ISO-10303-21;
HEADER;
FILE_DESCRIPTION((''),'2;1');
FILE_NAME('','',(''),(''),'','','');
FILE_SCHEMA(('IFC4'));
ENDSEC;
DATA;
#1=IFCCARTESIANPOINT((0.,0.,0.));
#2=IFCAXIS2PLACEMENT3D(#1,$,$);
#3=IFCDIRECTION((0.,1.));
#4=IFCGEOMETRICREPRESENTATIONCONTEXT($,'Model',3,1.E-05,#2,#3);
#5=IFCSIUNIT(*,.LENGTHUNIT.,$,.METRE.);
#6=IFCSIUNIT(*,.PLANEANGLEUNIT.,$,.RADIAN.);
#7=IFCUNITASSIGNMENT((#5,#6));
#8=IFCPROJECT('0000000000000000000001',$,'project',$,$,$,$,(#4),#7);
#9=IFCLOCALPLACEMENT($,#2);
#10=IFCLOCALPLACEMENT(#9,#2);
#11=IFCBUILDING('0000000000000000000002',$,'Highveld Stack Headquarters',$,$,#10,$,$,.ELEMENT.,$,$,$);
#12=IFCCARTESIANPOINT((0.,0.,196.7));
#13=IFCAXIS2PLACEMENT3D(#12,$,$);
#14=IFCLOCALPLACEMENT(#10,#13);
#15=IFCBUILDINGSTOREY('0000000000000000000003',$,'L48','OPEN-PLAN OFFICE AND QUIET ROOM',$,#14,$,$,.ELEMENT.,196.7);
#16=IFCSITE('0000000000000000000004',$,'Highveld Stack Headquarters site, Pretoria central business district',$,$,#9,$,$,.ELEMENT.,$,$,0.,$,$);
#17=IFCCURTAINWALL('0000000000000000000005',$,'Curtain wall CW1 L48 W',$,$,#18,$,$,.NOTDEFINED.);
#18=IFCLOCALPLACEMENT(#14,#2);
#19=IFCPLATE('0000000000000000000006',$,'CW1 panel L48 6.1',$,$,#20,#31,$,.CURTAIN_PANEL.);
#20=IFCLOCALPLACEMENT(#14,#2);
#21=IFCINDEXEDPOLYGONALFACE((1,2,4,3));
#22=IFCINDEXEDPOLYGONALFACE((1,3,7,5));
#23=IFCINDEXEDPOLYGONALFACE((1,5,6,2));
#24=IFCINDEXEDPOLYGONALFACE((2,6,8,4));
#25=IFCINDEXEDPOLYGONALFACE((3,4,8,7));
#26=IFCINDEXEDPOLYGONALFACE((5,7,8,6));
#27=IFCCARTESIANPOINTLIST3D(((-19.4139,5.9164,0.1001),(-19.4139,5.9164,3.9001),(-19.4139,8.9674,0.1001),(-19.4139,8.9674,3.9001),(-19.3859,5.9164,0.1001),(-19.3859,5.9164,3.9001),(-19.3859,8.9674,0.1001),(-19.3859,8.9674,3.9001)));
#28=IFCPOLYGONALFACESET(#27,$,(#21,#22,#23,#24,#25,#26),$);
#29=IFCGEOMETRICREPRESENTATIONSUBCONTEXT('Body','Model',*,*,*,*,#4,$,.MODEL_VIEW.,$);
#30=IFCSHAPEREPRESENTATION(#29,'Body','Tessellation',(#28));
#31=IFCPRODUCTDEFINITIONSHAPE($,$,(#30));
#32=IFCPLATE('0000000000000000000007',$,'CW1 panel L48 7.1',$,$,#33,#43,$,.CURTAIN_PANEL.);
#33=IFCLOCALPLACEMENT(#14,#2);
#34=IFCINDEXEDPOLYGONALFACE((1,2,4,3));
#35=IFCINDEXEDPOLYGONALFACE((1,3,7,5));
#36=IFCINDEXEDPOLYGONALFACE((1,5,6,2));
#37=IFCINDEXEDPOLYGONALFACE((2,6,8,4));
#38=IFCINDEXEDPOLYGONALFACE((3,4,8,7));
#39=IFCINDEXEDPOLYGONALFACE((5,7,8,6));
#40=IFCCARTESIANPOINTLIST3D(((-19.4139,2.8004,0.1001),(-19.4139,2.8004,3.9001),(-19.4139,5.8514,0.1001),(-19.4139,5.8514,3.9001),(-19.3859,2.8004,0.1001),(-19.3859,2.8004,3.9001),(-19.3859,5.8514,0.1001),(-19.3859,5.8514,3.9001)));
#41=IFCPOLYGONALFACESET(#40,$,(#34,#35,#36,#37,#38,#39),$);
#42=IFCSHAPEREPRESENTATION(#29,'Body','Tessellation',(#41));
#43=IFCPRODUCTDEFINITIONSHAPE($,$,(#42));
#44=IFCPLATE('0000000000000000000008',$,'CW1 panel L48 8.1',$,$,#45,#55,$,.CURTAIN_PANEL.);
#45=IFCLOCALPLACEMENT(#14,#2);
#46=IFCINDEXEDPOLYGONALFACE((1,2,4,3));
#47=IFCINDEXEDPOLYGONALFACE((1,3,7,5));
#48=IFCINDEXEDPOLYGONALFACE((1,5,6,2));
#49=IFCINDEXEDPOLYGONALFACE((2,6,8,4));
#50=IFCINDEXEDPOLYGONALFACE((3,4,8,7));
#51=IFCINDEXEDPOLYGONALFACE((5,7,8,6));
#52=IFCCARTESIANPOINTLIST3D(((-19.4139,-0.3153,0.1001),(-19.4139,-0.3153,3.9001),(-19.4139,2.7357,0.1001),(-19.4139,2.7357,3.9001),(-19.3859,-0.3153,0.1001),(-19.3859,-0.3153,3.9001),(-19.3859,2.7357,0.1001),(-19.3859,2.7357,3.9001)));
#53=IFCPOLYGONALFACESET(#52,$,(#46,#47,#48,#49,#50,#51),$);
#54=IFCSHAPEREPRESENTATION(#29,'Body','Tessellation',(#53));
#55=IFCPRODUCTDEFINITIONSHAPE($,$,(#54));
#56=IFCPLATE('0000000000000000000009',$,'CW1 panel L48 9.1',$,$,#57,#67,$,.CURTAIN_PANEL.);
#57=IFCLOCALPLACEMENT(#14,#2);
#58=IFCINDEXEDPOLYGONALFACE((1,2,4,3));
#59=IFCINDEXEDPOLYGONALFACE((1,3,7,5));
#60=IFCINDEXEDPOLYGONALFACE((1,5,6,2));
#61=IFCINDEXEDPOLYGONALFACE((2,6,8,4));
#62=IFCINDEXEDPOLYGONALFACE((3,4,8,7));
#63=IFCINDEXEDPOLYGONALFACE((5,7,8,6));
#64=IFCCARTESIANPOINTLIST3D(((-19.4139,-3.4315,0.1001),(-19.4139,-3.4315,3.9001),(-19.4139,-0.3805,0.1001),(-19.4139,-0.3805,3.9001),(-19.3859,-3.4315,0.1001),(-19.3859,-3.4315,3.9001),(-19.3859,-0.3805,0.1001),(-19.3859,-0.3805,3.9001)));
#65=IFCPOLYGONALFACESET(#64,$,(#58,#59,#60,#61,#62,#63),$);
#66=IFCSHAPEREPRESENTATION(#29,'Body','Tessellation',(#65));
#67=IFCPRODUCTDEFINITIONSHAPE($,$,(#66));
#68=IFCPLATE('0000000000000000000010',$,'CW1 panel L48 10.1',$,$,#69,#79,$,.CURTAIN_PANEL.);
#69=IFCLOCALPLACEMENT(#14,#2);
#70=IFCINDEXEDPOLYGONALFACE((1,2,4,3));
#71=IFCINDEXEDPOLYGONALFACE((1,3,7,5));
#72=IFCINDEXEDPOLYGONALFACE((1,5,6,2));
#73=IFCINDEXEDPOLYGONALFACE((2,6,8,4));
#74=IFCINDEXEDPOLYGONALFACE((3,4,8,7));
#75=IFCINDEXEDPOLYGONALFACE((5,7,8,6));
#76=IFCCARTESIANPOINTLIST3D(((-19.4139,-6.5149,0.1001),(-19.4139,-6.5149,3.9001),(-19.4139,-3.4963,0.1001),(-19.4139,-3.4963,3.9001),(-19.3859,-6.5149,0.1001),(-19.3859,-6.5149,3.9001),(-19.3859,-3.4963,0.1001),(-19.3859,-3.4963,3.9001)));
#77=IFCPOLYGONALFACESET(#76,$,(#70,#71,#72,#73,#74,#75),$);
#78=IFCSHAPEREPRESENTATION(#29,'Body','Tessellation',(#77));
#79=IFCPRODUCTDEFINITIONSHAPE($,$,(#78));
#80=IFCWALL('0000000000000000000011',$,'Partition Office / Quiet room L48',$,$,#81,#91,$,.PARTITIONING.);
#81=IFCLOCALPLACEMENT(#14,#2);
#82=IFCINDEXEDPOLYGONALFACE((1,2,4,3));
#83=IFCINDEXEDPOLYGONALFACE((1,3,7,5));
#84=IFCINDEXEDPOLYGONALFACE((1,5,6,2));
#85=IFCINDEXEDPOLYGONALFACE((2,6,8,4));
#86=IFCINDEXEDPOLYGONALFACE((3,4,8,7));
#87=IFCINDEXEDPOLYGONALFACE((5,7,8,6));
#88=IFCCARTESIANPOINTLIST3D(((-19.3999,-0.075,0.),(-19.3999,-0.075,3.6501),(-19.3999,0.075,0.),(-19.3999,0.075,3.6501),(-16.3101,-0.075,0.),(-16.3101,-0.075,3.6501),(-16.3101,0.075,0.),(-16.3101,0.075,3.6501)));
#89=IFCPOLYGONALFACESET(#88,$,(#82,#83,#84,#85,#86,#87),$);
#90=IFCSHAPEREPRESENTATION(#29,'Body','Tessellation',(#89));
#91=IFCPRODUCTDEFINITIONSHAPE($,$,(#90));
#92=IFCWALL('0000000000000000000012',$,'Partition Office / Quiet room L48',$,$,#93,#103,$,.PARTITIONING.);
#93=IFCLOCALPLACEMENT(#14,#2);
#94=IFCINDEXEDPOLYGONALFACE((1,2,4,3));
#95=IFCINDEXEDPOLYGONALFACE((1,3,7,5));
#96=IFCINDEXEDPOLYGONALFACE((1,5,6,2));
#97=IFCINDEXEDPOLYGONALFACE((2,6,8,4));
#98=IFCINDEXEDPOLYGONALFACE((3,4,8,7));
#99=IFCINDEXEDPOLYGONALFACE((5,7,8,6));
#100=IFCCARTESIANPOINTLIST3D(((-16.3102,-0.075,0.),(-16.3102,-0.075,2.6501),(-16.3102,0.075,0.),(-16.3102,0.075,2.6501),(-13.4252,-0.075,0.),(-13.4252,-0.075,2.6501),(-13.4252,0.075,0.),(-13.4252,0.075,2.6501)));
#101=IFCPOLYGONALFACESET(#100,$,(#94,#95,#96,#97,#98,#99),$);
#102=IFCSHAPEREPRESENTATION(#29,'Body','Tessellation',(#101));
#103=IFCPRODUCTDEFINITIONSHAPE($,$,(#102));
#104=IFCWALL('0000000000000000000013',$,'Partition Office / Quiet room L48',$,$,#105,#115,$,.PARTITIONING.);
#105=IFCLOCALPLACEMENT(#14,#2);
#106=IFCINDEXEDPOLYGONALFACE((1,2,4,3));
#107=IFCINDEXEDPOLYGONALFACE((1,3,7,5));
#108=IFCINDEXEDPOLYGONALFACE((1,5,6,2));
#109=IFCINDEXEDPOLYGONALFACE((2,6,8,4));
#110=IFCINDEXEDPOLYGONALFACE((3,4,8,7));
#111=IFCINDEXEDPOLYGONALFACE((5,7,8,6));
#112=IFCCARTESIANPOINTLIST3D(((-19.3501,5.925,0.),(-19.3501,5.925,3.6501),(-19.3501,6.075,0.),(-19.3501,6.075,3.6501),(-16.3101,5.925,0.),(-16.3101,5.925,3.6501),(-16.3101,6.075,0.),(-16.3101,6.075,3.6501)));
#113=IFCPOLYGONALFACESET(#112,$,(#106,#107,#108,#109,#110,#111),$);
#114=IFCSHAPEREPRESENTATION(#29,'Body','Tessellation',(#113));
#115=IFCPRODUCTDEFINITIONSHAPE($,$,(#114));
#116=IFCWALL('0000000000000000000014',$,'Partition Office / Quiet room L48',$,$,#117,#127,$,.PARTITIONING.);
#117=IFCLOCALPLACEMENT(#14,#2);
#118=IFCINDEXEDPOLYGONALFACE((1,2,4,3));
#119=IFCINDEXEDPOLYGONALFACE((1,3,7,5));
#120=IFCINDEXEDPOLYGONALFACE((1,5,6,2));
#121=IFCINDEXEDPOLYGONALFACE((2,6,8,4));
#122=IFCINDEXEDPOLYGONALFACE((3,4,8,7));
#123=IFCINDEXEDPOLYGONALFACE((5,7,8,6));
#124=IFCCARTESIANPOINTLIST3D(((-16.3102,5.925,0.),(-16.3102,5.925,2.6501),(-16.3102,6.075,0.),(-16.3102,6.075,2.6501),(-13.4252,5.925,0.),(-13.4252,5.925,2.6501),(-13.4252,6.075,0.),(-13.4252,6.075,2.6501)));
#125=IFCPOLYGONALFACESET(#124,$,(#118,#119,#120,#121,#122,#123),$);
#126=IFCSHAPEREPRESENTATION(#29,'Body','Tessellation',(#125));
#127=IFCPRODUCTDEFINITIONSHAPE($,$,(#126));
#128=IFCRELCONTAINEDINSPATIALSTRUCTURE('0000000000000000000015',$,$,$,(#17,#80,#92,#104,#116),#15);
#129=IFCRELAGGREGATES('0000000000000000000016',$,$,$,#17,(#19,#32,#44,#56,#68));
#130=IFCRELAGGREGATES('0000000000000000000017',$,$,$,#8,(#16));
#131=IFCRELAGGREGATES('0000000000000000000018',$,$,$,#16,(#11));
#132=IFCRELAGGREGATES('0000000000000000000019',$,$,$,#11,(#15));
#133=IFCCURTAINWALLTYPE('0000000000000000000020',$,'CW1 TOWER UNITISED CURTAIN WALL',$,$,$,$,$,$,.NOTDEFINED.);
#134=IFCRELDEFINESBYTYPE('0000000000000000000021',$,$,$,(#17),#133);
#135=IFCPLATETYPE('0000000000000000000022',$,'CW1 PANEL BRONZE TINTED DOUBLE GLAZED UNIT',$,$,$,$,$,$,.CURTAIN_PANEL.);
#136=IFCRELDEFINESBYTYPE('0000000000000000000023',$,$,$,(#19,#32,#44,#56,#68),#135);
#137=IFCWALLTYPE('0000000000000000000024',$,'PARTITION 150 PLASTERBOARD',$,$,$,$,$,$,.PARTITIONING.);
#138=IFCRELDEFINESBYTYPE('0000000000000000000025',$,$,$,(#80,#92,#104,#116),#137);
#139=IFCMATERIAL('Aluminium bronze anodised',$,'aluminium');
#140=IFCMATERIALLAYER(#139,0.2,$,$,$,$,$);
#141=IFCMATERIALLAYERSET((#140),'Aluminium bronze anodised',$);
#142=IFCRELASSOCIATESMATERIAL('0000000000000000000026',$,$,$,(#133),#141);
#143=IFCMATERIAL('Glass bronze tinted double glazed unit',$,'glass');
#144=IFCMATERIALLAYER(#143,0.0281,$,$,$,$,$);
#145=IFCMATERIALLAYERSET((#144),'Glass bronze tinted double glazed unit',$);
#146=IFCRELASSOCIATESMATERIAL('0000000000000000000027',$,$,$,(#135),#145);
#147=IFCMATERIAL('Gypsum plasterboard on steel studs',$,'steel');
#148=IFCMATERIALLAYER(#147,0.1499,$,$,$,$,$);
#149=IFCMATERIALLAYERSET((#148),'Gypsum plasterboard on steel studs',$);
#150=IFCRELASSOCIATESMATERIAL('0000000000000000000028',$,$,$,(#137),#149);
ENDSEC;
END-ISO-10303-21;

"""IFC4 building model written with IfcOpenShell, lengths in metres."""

from ifc_helpers import new_model, si_unit, direction, frame, frame_2d, origin, origin_2d, place, context, subcontext, project, spatial, rectangle, extrude, material, layer, layer_set, type_object, element, aggregate, save


model = new_model("IFC4")

# Units and contexts
model_context = context("Model", 3, precision=1e-05, world=origin(), true_north=direction((0.0, 1.0)))
body_context = subcontext(model_context, "Body", "Model", "MODEL_VIEW")
ifc_project = project(units=[si_unit("LENGTHUNIT", "METRE"), si_unit("PLANEANGLEUNIT", "RADIAN")], contexts=[model_context])

# Site, building, storey
site_placement = place(None, origin())
site = spatial("IfcSite", under=ifc_project, at=site_placement, Name="Highveld Stack Headquarters site, Pretoria central business district", CompositionType="ELEMENT", RefElevation=0.0)
building_placement = place(site_placement, origin())
building = spatial("IfcBuilding", under=site, at=building_placement, Name="Highveld Stack Headquarters", CompositionType="ELEMENT")
storey_placement = place(building_placement, frame((0.0, 0.0, 196.7)))
storey = spatial("IfcBuildingStorey", under=building, at=storey_placement, Name="L48", Description="OPEN-PLAN OFFICE AND QUIET ROOM", CompositionType="ELEMENT", Elevation=196.7)

# Curtain wall
ifc_material_1 = material(Name="Aluminium bronze anodised", Category="aluminium")
ifc_layer_1 = layer(ifc_material_1, 0.2)
ifc_layer_set_1 = layer_set([ifc_layer_1], Name="Aluminium bronze anodised")
curtain_wall_type = type_object("IfcCurtainWallType", Name="CW1 TOWER UNITISED CURTAIN WALL", PredefinedType="NOTDEFINED", material=ifc_layer_set_1)
curtain_wall_placement = place(storey_placement, origin())
curtain_wall = element("IfcCurtainWall", 1, at=curtain_wall_placement, inside=storey, type_object=curtain_wall_type, Name="Curtain wall CW1 L48 W", PredefinedType="NOTDEFINED")

# Plates
ifc_material_2 = material(Name="Glass bronze tinted double glazed unit", Category="glass")
ifc_layer_2 = layer(ifc_material_2, 0.0281)
ifc_layer_set_2 = layer_set([ifc_layer_2], Name="Glass bronze tinted double glazed unit")
plate_type = type_object("IfcPlateType", Name="CW1 PANEL BRONZE TINTED DOUBLE GLAZED UNIT", PredefinedType="CURTAIN_PANEL", material=ifc_layer_set_2)
plate_1_placement = place(storey_placement, frame((-19.3999, 7.4419, 0.1001), z_axis=(0.0, 0.0, 1.0), x_axis=(0.0, -1.0, 0.0)))
plate_1 = element("IfcPlate", 2, at=plate_1_placement, type_object=plate_type, Name="CW1 panel L48 6.1", PredefinedType="CURTAIN_PANEL", context=body_context, shape_type="SweptSolid", body=[
    extrude(rectangle(XDim=3.051, YDim=0.0281, at=origin_2d()), origin(), (0.0, 0.0, 1.0), 3.8),
])
plate_2_placement = place(storey_placement, frame((-19.3999, 4.3259, 0.1001), z_axis=(0.0, 0.0, 1.0), x_axis=(0.0, -1.0, 0.0)))
plate_2 = element("IfcPlate", 3, at=plate_2_placement, type_object=plate_type, Name="CW1 panel L48 7.1", PredefinedType="CURTAIN_PANEL", context=body_context, shape_type="SweptSolid", body=[
    extrude(rectangle(XDim=3.051, YDim=0.0281, at=origin_2d()), origin(), (0.0, 0.0, 1.0), 3.8),
])
plate_3_placement = place(storey_placement, frame((-19.3999, 1.2102, 0.1001), z_axis=(0.0, 0.0, 1.0), x_axis=(0.0, -1.0, 0.0)))
plate_3 = element("IfcPlate", 4, at=plate_3_placement, type_object=plate_type, Name="CW1 panel L48 8.1", PredefinedType="CURTAIN_PANEL", context=body_context, shape_type="SweptSolid", body=[
    extrude(rectangle(XDim=3.051, YDim=0.0281, at=origin_2d()), origin(), (0.0, 0.0, 1.0), 3.8),
])
plate_4_placement = place(storey_placement, frame((-19.3999, -1.906, 0.1001), z_axis=(0.0, 0.0, 1.0), x_axis=(0.0, -1.0, 0.0)))
plate_4 = element("IfcPlate", 5, at=plate_4_placement, type_object=plate_type, Name="CW1 panel L48 9.1", PredefinedType="CURTAIN_PANEL", context=body_context, shape_type="SweptSolid", body=[
    extrude(rectangle(XDim=3.051, YDim=0.0281, at=origin_2d()), origin(), (0.0, 0.0, 1.0), 3.8),
])
plate_5_placement = place(storey_placement, frame((-19.3999, -5.0056, 0.1001), z_axis=(0.0, 0.0, 1.0), x_axis=(0.0, -1.0, 0.0)))
plate_5 = element("IfcPlate", 6, at=plate_5_placement, type_object=plate_type, Name="CW1 panel L48 10.1", PredefinedType="CURTAIN_PANEL", context=body_context, shape_type="SweptSolid", body=[
    extrude(rectangle(XDim=3.0186, YDim=0.0281, at=origin_2d()), origin(), (0.0, 0.0, 1.0), 3.8),
])
aggregate(curtain_wall, [plate_1, plate_2, plate_3, plate_4, plate_5])

# Walls
ifc_material_3 = material(Name="Gypsum plasterboard on steel studs", Category="steel")
ifc_layer_3 = layer(ifc_material_3, 0.1499)
ifc_layer_set_3 = layer_set([ifc_layer_3], Name="Gypsum plasterboard on steel studs")
wall_type = type_object("IfcWallType", Name="PARTITION 150 PLASTERBOARD", PredefinedType="PARTITIONING", material=ifc_layer_set_3)
wall_1_placement = place(storey_placement, frame((-19.3999, 0.0, 0.0), z_axis=(0.0, 0.0, 1.0), x_axis=(1.0, 0.0, 0.0)))
element("IfcWall", 7, at=wall_1_placement, inside=storey, type_object=wall_type, Name="Partition Office / Quiet room L48", PredefinedType="PARTITIONING", context=body_context, shape_type="SweptSolid", body=[
    extrude(rectangle(XDim=3.0898, YDim=0.1499, at=frame_2d((1.5449, 0.0))), origin(), (0.0, 0.0, 1.0), 3.6501),
])
wall_2_placement = place(storey_placement, frame((-16.3101, 0.0, 0.0), z_axis=(0.0, 0.0, 1.0), x_axis=(1.0, 0.0, 0.0)))
element("IfcWall", 8, at=wall_2_placement, inside=storey, type_object=wall_type, Name="Partition Office / Quiet room L48", PredefinedType="PARTITIONING", context=body_context, shape_type="SweptSolid", body=[
    extrude(rectangle(XDim=2.885, YDim=0.1499, at=frame_2d((1.4424, 0.0))), origin(), (0.0, 0.0, 1.0), 2.6501),
])
wall_3_placement = place(storey_placement, frame((-19.3501, 6.0, 0.0), z_axis=(0.0, 0.0, 1.0), x_axis=(1.0, 0.0, 0.0)))
element("IfcWall", 9, at=wall_3_placement, inside=storey, type_object=wall_type, Name="Partition Office / Quiet room L48", PredefinedType="PARTITIONING", context=body_context, shape_type="SweptSolid", body=[
    extrude(rectangle(XDim=3.04, YDim=0.1499, at=frame_2d((1.52, 0.0))), origin(), (0.0, 0.0, 1.0), 3.6501),
])
wall_4_placement = place(storey_placement, frame((-16.3101, 6.0, 0.0), z_axis=(0.0, 0.0, 1.0), x_axis=(1.0, 0.0, 0.0)))
element("IfcWall", 10, at=wall_4_placement, inside=storey, type_object=wall_type, Name="Partition Office / Quiet room L48", PredefinedType="PARTITIONING", context=body_context, shape_type="SweptSolid", body=[
    extrude(rectangle(XDim=2.885, YDim=0.1499, at=frame_2d((1.4424, 0.0))), origin(), (0.0, 0.0, 1.0), 2.6501),
])

save(model, "model.ifc")
